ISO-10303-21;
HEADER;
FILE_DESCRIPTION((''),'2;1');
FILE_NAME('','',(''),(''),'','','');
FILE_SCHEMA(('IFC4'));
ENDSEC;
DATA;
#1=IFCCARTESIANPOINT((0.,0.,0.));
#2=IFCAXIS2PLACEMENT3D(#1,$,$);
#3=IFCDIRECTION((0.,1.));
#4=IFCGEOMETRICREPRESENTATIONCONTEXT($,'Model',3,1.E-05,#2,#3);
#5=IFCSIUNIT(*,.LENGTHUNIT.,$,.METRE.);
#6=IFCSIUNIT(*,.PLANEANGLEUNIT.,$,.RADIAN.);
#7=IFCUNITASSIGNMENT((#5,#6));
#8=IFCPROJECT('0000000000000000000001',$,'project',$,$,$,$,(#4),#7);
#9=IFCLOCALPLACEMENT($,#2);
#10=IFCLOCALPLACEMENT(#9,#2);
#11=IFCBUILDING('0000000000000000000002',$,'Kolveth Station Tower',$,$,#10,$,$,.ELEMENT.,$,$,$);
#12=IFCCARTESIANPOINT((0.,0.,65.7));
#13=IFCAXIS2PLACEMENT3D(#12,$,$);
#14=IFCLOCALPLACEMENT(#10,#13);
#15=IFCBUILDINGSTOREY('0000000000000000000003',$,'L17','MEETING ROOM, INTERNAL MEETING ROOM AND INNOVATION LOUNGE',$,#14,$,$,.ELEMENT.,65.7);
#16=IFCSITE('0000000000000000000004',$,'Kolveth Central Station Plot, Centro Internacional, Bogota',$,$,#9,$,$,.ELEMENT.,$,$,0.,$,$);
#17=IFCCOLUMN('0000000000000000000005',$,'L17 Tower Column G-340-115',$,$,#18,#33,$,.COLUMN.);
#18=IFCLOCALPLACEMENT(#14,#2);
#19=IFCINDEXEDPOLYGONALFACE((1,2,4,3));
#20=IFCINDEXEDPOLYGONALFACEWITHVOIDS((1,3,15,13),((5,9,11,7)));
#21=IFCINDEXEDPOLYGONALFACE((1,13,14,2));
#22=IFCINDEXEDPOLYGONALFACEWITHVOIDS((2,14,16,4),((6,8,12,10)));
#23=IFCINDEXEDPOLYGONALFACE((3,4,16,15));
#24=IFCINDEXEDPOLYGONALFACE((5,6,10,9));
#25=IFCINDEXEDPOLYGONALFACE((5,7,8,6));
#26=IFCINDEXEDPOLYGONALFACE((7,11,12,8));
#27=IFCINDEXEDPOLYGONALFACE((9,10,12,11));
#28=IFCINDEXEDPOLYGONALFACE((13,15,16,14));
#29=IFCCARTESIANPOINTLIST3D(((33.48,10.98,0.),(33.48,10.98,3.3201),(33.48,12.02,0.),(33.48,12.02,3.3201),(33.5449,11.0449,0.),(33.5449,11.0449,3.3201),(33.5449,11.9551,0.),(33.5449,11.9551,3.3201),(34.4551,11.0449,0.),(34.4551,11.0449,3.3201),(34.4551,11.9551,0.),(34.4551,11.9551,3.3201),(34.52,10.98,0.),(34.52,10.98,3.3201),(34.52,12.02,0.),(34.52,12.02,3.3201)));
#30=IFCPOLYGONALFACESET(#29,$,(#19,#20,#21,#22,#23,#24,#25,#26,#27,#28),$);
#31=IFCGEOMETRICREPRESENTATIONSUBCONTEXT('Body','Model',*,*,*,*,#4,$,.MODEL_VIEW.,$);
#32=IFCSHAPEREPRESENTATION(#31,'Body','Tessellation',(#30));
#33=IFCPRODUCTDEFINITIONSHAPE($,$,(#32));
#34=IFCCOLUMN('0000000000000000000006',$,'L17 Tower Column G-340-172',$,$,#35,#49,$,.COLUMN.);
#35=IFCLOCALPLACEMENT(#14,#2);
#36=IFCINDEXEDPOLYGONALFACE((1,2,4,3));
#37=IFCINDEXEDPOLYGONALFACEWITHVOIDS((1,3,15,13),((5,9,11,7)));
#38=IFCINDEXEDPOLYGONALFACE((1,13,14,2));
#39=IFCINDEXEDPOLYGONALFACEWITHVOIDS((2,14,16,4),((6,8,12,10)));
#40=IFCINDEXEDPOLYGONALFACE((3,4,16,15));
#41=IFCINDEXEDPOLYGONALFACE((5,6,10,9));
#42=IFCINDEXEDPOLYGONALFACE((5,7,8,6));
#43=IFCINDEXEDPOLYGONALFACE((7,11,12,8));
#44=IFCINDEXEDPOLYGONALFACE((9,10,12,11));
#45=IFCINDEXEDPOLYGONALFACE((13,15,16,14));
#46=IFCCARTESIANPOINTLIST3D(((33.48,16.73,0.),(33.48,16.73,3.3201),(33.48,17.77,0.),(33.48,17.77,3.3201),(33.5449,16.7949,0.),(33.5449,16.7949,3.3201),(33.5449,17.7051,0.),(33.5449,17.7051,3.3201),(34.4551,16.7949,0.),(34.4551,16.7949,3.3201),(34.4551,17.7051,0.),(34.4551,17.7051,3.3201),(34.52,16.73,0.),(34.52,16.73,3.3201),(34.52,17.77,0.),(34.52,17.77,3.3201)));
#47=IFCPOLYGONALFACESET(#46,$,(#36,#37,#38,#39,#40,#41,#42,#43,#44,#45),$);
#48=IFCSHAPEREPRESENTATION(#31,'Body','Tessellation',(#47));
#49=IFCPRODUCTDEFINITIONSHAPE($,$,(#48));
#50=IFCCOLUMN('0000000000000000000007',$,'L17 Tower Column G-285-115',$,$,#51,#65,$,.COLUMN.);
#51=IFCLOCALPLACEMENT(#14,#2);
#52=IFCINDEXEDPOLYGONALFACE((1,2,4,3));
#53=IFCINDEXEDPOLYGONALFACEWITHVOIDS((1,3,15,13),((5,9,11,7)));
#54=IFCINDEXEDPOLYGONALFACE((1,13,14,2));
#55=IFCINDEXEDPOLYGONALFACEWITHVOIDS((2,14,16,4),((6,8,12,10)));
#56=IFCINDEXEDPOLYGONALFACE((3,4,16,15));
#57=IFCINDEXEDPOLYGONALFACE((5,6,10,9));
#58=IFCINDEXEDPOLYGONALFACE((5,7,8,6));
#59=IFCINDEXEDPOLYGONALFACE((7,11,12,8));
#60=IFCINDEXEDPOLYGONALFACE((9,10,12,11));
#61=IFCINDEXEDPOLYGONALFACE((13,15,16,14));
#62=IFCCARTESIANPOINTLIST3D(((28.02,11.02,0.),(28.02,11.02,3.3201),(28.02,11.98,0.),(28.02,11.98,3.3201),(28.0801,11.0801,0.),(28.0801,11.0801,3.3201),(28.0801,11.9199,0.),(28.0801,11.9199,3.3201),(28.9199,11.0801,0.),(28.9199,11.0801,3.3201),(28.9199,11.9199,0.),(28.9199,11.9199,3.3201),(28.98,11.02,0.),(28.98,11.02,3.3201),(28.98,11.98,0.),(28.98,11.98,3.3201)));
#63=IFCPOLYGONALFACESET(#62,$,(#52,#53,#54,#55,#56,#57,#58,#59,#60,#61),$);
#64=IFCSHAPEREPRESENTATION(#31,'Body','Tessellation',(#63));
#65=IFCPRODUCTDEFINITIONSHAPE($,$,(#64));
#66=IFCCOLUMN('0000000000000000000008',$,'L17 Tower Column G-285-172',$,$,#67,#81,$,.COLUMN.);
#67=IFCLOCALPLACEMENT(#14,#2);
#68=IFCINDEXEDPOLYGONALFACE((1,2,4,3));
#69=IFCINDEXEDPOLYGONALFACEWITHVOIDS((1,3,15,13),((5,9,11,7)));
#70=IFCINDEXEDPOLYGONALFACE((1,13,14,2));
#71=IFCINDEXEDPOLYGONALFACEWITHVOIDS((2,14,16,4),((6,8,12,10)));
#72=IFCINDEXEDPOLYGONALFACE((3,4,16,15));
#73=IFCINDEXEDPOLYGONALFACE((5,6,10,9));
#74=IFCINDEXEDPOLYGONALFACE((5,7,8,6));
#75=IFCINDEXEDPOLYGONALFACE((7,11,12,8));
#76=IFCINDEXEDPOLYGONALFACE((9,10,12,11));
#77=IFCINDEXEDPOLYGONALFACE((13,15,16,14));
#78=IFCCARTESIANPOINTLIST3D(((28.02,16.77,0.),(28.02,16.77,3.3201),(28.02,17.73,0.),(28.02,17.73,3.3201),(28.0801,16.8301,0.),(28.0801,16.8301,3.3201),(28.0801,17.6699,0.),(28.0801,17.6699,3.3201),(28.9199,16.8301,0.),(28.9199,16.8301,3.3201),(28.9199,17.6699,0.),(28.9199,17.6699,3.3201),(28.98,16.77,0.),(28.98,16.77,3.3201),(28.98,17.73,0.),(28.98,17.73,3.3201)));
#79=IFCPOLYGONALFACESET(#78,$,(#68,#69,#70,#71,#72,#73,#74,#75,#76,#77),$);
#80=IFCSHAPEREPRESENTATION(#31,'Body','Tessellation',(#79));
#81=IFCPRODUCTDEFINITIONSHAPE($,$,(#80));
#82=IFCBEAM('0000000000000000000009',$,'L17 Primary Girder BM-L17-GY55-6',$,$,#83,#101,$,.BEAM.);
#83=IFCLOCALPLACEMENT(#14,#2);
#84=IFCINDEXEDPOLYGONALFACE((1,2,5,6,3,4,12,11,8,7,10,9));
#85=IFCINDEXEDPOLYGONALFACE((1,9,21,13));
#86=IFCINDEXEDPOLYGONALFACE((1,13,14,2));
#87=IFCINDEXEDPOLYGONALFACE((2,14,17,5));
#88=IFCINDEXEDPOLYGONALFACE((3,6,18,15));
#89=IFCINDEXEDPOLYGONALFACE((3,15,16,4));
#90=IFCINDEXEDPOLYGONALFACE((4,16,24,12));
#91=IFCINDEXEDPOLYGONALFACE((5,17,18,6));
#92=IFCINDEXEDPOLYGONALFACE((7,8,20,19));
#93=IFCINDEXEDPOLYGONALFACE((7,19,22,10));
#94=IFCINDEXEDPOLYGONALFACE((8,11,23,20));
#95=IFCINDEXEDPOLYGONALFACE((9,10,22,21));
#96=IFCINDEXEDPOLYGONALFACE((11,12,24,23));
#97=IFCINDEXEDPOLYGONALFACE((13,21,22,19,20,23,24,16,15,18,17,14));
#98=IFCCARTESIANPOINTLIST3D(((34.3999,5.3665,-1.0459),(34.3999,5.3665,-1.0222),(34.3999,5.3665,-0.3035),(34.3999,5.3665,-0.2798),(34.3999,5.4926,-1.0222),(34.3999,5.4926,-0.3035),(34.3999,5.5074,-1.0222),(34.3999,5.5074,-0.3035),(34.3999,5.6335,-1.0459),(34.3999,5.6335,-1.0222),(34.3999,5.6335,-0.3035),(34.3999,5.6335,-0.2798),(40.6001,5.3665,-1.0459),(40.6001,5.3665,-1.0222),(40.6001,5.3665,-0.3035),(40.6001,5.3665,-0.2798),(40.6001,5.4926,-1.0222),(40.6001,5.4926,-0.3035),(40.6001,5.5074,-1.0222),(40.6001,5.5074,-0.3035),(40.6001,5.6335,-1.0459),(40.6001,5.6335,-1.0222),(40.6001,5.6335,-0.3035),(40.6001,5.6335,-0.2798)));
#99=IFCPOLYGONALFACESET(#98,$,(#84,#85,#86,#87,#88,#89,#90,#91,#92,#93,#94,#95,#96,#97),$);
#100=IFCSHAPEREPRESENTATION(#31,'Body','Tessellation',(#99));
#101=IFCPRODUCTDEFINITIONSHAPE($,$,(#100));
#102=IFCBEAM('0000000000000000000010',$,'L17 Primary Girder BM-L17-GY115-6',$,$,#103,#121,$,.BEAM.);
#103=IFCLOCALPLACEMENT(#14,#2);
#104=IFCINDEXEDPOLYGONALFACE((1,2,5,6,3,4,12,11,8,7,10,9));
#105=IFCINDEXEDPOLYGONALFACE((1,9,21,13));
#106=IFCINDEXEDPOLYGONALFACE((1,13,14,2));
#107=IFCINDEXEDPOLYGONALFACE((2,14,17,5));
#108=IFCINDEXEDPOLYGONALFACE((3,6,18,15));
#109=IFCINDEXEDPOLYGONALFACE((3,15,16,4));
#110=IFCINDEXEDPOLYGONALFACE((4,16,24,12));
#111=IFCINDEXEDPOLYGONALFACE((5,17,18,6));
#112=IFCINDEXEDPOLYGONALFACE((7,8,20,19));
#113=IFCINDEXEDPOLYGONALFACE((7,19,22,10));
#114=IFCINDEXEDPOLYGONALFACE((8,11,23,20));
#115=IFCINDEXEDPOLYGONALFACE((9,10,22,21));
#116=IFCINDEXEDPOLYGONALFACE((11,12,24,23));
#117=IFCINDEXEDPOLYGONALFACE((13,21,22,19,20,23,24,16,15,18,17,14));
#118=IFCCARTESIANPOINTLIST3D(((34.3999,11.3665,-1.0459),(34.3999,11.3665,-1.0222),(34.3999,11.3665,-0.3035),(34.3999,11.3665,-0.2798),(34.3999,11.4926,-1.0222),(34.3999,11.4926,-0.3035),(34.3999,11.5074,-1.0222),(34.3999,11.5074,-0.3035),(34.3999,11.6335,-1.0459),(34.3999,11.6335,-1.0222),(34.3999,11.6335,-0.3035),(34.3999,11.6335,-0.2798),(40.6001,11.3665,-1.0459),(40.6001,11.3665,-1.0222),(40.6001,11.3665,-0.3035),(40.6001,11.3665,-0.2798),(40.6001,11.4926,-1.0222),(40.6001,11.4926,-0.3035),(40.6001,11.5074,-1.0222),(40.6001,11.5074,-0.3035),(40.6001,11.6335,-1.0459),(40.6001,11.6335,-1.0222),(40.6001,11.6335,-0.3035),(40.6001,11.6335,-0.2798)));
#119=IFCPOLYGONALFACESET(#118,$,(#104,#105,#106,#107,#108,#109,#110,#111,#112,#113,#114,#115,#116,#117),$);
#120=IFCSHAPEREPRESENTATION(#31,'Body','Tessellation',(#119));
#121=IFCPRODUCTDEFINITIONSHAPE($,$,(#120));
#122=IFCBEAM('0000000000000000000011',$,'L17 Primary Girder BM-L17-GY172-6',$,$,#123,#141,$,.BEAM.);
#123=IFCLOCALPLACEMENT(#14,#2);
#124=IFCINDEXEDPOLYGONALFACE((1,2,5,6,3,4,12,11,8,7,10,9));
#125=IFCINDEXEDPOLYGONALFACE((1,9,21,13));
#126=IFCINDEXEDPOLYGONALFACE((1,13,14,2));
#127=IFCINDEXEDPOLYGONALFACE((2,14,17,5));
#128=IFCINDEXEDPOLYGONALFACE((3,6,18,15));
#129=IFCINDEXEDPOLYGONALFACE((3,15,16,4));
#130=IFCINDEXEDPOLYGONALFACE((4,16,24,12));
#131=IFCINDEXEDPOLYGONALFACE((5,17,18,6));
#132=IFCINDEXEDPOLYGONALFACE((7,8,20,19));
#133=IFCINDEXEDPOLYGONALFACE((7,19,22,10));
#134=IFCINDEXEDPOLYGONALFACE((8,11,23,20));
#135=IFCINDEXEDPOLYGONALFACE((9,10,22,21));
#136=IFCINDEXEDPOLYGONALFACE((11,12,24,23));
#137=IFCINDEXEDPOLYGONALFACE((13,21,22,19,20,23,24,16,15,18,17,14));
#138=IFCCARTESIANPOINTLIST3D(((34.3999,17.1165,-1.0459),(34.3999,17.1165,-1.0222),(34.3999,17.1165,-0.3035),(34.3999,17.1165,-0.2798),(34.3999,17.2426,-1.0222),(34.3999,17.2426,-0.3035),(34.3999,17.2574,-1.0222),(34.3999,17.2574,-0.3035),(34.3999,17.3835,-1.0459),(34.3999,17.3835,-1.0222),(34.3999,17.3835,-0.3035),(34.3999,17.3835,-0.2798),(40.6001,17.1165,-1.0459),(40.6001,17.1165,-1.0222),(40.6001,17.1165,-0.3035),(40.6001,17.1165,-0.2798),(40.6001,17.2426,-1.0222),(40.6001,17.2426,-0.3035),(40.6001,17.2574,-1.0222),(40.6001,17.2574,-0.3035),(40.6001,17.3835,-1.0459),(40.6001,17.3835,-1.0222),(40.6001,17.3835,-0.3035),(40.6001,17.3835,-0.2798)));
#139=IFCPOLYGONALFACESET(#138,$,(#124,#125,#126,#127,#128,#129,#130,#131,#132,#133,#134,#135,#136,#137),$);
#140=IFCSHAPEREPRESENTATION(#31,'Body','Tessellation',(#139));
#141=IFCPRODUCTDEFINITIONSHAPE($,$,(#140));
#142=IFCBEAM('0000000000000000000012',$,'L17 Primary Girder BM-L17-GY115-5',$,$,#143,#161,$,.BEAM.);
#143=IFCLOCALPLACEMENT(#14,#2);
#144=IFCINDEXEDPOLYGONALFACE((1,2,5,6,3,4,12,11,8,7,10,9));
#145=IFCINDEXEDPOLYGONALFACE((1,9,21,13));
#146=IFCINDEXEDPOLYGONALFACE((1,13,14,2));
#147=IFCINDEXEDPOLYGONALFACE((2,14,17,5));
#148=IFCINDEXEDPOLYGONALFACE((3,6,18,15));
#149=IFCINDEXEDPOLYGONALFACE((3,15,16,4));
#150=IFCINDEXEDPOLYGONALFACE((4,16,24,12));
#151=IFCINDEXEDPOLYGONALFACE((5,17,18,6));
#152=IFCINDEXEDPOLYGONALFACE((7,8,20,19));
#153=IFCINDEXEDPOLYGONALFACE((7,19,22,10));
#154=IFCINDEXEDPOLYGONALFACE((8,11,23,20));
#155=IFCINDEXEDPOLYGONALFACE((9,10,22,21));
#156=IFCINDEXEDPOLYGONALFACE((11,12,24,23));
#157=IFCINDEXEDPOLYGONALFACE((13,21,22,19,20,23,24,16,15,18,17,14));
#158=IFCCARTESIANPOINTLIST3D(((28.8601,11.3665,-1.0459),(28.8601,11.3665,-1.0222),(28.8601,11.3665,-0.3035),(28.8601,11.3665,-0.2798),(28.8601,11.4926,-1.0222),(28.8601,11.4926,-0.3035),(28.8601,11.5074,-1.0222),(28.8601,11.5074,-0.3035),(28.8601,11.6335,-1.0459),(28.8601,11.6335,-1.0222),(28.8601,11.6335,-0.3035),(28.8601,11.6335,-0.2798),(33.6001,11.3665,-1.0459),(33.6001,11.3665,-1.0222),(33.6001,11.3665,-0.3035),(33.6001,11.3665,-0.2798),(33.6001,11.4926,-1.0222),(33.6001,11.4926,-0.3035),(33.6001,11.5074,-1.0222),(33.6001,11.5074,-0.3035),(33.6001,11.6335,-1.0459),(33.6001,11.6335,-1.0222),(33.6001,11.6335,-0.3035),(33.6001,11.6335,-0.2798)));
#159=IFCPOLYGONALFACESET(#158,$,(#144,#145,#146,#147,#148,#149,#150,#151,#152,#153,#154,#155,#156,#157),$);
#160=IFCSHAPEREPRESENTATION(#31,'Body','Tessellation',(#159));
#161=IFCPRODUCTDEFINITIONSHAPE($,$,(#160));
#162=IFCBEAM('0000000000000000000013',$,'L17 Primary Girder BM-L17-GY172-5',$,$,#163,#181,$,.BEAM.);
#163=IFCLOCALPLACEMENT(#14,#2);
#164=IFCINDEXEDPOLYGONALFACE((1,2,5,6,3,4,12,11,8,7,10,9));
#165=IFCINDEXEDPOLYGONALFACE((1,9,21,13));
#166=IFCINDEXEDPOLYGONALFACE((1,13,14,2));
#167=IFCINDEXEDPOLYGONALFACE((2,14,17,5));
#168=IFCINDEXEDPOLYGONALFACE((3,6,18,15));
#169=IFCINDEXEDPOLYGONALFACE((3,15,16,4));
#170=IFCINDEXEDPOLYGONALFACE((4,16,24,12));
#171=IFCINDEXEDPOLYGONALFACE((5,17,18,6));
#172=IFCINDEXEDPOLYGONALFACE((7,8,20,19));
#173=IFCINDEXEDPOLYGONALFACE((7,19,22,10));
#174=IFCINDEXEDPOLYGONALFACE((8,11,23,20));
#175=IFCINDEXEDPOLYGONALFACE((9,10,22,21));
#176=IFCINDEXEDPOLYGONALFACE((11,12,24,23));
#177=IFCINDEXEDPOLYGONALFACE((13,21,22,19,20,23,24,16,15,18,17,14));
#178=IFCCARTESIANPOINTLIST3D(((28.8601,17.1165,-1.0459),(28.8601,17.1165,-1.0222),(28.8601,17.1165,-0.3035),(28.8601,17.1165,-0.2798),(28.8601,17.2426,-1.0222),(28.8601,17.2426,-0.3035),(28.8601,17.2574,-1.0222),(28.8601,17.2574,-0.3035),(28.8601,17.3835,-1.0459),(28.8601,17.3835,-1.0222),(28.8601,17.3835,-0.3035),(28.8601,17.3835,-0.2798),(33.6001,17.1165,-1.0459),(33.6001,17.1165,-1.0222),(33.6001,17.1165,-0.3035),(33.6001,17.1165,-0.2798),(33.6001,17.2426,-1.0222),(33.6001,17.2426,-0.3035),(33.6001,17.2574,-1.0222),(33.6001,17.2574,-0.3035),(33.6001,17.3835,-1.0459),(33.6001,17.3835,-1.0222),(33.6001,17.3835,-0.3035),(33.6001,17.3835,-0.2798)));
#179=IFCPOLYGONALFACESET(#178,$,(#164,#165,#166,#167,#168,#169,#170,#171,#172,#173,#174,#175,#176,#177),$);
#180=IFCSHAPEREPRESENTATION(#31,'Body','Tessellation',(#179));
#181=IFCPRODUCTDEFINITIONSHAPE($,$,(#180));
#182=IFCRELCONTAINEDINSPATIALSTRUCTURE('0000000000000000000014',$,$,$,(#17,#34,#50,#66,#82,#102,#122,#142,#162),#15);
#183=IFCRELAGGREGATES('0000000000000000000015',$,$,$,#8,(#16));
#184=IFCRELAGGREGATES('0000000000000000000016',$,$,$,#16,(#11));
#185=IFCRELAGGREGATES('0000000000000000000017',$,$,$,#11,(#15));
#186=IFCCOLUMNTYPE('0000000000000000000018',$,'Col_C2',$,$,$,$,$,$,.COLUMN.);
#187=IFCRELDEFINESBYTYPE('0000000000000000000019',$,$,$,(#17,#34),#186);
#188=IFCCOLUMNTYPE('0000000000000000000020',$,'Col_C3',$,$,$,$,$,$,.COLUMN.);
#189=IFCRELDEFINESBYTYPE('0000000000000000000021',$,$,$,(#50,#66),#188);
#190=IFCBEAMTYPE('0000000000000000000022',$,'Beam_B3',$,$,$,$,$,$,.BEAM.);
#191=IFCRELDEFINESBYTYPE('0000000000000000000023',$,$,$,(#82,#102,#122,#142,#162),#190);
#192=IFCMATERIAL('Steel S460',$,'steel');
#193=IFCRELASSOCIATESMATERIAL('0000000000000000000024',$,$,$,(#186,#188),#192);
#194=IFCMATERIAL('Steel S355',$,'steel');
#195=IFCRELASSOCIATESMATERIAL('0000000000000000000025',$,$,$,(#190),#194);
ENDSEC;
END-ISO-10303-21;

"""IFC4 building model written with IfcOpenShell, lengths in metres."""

from ifc_helpers import new_model, si_unit, direction, frame, origin, origin_2d, place, context, subcontext, project, spatial, hollow_rectangle, i_section, extrude, source, transform, mapped, material, material_profile, profile_set, type_object, element, save


model = new_model("IFC4")

# Units and contexts
model_context = context("Model", 3, precision=1e-05, world=origin(), true_north=direction((0.0, 1.0)))
body_context = subcontext(model_context, "Body", "Model", "MODEL_VIEW")
ifc_project = project(units=[si_unit("LENGTHUNIT", "METRE"), si_unit("PLANEANGLEUNIT", "RADIAN")], contexts=[model_context])

# Site, building, storey
site_placement = place(None, origin())
site = spatial("IfcSite", under=ifc_project, at=site_placement, Name="Kolveth Central Station Plot, Centro Internacional, Bogota", CompositionType="ELEMENT", RefElevation=0.0)
building_placement = place(site_placement, origin())
building = spatial("IfcBuilding", under=site, at=building_placement, Name="Kolveth Station Tower", CompositionType="ELEMENT")
storey_placement = place(building_placement, frame((0.0, 0.0, 65.7)))
storey = spatial("IfcBuildingStorey", under=building, at=storey_placement, Name="L17", Description="MEETING ROOM, INTERNAL MEETING ROOM AND INNOVATION LOUNGE", CompositionType="ELEMENT", Elevation=65.7)

# Columns
ifc_material_1 = material(Name="Steel S460", Category="steel")
ifc_material_profile_1 = material_profile(ifc_material_1, hollow_rectangle(XDim=1.04, YDim=1.04, WallThickness=0.0649, at=origin_2d()), Name="BOX1040x1040x65")
ifc_profile_set_1 = profile_set([ifc_material_profile_1], Name="Steel S460")
column_type_1 = type_object("IfcColumnType", Name="Col_C2", PredefinedType="COLUMN", material=ifc_profile_set_1)
shared_shape_1 = source(origin(), body_context, "Body", "SweptSolid", [
    extrude(hollow_rectangle(XDim=1.04, YDim=1.04, WallThickness=0.0649, at=origin_2d()), origin(), (0.0, 0.0, 1.0), 3.3201),
])
for number, where, z_axis, x_axis, name in (
    (1, (34.0, 11.5, 0.0), (0.0, 0.0, 1.0), (1.0, 0.0, 0.0), "L17 Tower Column G-340-115"),
    (2, (34.0, 17.25, 0.0), (0.0, 0.0, 1.0), (1.0, 0.0, 0.0), "L17 Tower Column G-340-172"),
):
    element("IfcColumn", number, at=place(storey_placement, frame(where, z_axis=z_axis, x_axis=x_axis)), inside=storey, type_object=column_type_1, Name=name, PredefinedType="COLUMN", context=body_context, shape_type="MappedRepresentation", body=[
        mapped(shared_shape_1, transform((0.0, 0.0, 0.0), x_axis=(1.0, 0.0, 0.0), y_axis=(0.0, 1.0, 0.0), z_axis=(0.0, 0.0, 1.0), scale=1.0)),
    ])
ifc_material_profile_2 = material_profile(ifc_material_1, hollow_rectangle(XDim=0.96, YDim=0.96, WallThickness=0.0601, at=origin_2d()), Name="BOX960x960x60")
ifc_profile_set_2 = profile_set([ifc_material_profile_2], Name="Steel S460")
column_type_2 = type_object("IfcColumnType", Name="Col_C3", PredefinedType="COLUMN", material=ifc_profile_set_2)
shared_shape_2 = source(origin(), body_context, "Body", "SweptSolid", [
    extrude(hollow_rectangle(XDim=0.96, YDim=0.96, WallThickness=0.0601, at=origin_2d()), origin(), (0.0, 0.0, 1.0), 3.3201),
])
for number, where, z_axis, x_axis, name in (
    (3, (28.5, 11.5, 0.0), (0.0, 0.0, 1.0), (1.0, 0.0, 0.0), "L17 Tower Column G-285-115"),
    (4, (28.5, 17.25, 0.0), (0.0, 0.0, 1.0), (1.0, 0.0, 0.0), "L17 Tower Column G-285-172"),
):
    element("IfcColumn", number, at=place(storey_placement, frame(where, z_axis=z_axis, x_axis=x_axis)), inside=storey, type_object=column_type_2, Name=name, PredefinedType="COLUMN", context=body_context, shape_type="MappedRepresentation", body=[
        mapped(shared_shape_2, transform((0.0, 0.0, 0.0), x_axis=(1.0, 0.0, 0.0), y_axis=(0.0, 1.0, 0.0), z_axis=(0.0, 0.0, 1.0), scale=1.0)),
    ])

# Beams
ifc_material_2 = material(Name="Steel S355", Category="steel")
ifc_material_profile_3 = material_profile(ifc_material_2, i_section(OverallWidth=0.2671, OverallDepth=0.7661, WebThickness=0.0149, FlangeThickness=0.0237, at=origin_2d()), Name="W760x185")
ifc_profile_set_3 = profile_set([ifc_material_profile_3], Name="Steel S355")
beam_type_1 = type_object("IfcBeamType", Name="Beam_B3", PredefinedType="BEAM", material=ifc_profile_set_3)
shared_shape_3 = source(origin(), body_context, "Body", "SweptSolid", [
    extrude(i_section(OverallWidth=0.2671, OverallDepth=0.7661, WebThickness=0.0149, FlangeThickness=0.0237, at=origin_2d()), origin(), (0.0, 0.0, 1.0), 6.2002),
])
for number, where, z_axis, x_axis, name in (
    (5, (34.3999, 5.5, -0.6628), (1.0, 0.0, 0.0), (0.0, 1.0, 0.0), "L17 Primary Girder BM-L17-GY55-6"),
    (6, (34.3999, 11.5, -0.6628), (1.0, 0.0, 0.0), (0.0, 1.0, 0.0), "L17 Primary Girder BM-L17-GY115-6"),
    (7, (34.3999, 17.25, -0.6628), (1.0, 0.0, 0.0), (0.0, 1.0, 0.0), "L17 Primary Girder BM-L17-GY172-6"),
):
    element("IfcBeam", number, at=place(storey_placement, frame(where, z_axis=z_axis, x_axis=x_axis)), inside=storey, type_object=beam_type_1, Name=name, PredefinedType="BEAM", context=body_context, shape_type="MappedRepresentation", body=[
        mapped(shared_shape_3, transform((0.0, 0.0, 0.0), x_axis=(1.0, 0.0, 0.0), y_axis=(0.0, 1.0, 0.0), z_axis=(0.0, 0.0, 1.0), scale=1.0)),
    ])
shared_shape_4 = source(origin(), body_context, "Body", "SweptSolid", [
    extrude(i_section(OverallWidth=0.2671, OverallDepth=0.7661, WebThickness=0.0149, FlangeThickness=0.0237, at=origin_2d()), origin(), (0.0, 0.0, 1.0), 4.74),
])
for number, where, z_axis, x_axis, name in (
    (8, (28.8601, 11.5, -0.6628), (1.0, 0.0, 0.0), (0.0, 1.0, 0.0), "L17 Primary Girder BM-L17-GY115-5"),
    (9, (28.8601, 17.25, -0.6628), (1.0, 0.0, 0.0), (0.0, 1.0, 0.0), "L17 Primary Girder BM-L17-GY172-5"),
):
    element("IfcBeam", number, at=place(storey_placement, frame(where, z_axis=z_axis, x_axis=x_axis)), inside=storey, type_object=beam_type_1, Name=name, PredefinedType="BEAM", context=body_context, shape_type="MappedRepresentation", body=[
        mapped(shared_shape_4, transform((0.0, 0.0, 0.0), x_axis=(1.0, 0.0, 0.0), y_axis=(0.0, 1.0, 0.0), z_axis=(0.0, 0.0, 1.0), scale=1.0)),
    ])

save(model, "model.ifc")
